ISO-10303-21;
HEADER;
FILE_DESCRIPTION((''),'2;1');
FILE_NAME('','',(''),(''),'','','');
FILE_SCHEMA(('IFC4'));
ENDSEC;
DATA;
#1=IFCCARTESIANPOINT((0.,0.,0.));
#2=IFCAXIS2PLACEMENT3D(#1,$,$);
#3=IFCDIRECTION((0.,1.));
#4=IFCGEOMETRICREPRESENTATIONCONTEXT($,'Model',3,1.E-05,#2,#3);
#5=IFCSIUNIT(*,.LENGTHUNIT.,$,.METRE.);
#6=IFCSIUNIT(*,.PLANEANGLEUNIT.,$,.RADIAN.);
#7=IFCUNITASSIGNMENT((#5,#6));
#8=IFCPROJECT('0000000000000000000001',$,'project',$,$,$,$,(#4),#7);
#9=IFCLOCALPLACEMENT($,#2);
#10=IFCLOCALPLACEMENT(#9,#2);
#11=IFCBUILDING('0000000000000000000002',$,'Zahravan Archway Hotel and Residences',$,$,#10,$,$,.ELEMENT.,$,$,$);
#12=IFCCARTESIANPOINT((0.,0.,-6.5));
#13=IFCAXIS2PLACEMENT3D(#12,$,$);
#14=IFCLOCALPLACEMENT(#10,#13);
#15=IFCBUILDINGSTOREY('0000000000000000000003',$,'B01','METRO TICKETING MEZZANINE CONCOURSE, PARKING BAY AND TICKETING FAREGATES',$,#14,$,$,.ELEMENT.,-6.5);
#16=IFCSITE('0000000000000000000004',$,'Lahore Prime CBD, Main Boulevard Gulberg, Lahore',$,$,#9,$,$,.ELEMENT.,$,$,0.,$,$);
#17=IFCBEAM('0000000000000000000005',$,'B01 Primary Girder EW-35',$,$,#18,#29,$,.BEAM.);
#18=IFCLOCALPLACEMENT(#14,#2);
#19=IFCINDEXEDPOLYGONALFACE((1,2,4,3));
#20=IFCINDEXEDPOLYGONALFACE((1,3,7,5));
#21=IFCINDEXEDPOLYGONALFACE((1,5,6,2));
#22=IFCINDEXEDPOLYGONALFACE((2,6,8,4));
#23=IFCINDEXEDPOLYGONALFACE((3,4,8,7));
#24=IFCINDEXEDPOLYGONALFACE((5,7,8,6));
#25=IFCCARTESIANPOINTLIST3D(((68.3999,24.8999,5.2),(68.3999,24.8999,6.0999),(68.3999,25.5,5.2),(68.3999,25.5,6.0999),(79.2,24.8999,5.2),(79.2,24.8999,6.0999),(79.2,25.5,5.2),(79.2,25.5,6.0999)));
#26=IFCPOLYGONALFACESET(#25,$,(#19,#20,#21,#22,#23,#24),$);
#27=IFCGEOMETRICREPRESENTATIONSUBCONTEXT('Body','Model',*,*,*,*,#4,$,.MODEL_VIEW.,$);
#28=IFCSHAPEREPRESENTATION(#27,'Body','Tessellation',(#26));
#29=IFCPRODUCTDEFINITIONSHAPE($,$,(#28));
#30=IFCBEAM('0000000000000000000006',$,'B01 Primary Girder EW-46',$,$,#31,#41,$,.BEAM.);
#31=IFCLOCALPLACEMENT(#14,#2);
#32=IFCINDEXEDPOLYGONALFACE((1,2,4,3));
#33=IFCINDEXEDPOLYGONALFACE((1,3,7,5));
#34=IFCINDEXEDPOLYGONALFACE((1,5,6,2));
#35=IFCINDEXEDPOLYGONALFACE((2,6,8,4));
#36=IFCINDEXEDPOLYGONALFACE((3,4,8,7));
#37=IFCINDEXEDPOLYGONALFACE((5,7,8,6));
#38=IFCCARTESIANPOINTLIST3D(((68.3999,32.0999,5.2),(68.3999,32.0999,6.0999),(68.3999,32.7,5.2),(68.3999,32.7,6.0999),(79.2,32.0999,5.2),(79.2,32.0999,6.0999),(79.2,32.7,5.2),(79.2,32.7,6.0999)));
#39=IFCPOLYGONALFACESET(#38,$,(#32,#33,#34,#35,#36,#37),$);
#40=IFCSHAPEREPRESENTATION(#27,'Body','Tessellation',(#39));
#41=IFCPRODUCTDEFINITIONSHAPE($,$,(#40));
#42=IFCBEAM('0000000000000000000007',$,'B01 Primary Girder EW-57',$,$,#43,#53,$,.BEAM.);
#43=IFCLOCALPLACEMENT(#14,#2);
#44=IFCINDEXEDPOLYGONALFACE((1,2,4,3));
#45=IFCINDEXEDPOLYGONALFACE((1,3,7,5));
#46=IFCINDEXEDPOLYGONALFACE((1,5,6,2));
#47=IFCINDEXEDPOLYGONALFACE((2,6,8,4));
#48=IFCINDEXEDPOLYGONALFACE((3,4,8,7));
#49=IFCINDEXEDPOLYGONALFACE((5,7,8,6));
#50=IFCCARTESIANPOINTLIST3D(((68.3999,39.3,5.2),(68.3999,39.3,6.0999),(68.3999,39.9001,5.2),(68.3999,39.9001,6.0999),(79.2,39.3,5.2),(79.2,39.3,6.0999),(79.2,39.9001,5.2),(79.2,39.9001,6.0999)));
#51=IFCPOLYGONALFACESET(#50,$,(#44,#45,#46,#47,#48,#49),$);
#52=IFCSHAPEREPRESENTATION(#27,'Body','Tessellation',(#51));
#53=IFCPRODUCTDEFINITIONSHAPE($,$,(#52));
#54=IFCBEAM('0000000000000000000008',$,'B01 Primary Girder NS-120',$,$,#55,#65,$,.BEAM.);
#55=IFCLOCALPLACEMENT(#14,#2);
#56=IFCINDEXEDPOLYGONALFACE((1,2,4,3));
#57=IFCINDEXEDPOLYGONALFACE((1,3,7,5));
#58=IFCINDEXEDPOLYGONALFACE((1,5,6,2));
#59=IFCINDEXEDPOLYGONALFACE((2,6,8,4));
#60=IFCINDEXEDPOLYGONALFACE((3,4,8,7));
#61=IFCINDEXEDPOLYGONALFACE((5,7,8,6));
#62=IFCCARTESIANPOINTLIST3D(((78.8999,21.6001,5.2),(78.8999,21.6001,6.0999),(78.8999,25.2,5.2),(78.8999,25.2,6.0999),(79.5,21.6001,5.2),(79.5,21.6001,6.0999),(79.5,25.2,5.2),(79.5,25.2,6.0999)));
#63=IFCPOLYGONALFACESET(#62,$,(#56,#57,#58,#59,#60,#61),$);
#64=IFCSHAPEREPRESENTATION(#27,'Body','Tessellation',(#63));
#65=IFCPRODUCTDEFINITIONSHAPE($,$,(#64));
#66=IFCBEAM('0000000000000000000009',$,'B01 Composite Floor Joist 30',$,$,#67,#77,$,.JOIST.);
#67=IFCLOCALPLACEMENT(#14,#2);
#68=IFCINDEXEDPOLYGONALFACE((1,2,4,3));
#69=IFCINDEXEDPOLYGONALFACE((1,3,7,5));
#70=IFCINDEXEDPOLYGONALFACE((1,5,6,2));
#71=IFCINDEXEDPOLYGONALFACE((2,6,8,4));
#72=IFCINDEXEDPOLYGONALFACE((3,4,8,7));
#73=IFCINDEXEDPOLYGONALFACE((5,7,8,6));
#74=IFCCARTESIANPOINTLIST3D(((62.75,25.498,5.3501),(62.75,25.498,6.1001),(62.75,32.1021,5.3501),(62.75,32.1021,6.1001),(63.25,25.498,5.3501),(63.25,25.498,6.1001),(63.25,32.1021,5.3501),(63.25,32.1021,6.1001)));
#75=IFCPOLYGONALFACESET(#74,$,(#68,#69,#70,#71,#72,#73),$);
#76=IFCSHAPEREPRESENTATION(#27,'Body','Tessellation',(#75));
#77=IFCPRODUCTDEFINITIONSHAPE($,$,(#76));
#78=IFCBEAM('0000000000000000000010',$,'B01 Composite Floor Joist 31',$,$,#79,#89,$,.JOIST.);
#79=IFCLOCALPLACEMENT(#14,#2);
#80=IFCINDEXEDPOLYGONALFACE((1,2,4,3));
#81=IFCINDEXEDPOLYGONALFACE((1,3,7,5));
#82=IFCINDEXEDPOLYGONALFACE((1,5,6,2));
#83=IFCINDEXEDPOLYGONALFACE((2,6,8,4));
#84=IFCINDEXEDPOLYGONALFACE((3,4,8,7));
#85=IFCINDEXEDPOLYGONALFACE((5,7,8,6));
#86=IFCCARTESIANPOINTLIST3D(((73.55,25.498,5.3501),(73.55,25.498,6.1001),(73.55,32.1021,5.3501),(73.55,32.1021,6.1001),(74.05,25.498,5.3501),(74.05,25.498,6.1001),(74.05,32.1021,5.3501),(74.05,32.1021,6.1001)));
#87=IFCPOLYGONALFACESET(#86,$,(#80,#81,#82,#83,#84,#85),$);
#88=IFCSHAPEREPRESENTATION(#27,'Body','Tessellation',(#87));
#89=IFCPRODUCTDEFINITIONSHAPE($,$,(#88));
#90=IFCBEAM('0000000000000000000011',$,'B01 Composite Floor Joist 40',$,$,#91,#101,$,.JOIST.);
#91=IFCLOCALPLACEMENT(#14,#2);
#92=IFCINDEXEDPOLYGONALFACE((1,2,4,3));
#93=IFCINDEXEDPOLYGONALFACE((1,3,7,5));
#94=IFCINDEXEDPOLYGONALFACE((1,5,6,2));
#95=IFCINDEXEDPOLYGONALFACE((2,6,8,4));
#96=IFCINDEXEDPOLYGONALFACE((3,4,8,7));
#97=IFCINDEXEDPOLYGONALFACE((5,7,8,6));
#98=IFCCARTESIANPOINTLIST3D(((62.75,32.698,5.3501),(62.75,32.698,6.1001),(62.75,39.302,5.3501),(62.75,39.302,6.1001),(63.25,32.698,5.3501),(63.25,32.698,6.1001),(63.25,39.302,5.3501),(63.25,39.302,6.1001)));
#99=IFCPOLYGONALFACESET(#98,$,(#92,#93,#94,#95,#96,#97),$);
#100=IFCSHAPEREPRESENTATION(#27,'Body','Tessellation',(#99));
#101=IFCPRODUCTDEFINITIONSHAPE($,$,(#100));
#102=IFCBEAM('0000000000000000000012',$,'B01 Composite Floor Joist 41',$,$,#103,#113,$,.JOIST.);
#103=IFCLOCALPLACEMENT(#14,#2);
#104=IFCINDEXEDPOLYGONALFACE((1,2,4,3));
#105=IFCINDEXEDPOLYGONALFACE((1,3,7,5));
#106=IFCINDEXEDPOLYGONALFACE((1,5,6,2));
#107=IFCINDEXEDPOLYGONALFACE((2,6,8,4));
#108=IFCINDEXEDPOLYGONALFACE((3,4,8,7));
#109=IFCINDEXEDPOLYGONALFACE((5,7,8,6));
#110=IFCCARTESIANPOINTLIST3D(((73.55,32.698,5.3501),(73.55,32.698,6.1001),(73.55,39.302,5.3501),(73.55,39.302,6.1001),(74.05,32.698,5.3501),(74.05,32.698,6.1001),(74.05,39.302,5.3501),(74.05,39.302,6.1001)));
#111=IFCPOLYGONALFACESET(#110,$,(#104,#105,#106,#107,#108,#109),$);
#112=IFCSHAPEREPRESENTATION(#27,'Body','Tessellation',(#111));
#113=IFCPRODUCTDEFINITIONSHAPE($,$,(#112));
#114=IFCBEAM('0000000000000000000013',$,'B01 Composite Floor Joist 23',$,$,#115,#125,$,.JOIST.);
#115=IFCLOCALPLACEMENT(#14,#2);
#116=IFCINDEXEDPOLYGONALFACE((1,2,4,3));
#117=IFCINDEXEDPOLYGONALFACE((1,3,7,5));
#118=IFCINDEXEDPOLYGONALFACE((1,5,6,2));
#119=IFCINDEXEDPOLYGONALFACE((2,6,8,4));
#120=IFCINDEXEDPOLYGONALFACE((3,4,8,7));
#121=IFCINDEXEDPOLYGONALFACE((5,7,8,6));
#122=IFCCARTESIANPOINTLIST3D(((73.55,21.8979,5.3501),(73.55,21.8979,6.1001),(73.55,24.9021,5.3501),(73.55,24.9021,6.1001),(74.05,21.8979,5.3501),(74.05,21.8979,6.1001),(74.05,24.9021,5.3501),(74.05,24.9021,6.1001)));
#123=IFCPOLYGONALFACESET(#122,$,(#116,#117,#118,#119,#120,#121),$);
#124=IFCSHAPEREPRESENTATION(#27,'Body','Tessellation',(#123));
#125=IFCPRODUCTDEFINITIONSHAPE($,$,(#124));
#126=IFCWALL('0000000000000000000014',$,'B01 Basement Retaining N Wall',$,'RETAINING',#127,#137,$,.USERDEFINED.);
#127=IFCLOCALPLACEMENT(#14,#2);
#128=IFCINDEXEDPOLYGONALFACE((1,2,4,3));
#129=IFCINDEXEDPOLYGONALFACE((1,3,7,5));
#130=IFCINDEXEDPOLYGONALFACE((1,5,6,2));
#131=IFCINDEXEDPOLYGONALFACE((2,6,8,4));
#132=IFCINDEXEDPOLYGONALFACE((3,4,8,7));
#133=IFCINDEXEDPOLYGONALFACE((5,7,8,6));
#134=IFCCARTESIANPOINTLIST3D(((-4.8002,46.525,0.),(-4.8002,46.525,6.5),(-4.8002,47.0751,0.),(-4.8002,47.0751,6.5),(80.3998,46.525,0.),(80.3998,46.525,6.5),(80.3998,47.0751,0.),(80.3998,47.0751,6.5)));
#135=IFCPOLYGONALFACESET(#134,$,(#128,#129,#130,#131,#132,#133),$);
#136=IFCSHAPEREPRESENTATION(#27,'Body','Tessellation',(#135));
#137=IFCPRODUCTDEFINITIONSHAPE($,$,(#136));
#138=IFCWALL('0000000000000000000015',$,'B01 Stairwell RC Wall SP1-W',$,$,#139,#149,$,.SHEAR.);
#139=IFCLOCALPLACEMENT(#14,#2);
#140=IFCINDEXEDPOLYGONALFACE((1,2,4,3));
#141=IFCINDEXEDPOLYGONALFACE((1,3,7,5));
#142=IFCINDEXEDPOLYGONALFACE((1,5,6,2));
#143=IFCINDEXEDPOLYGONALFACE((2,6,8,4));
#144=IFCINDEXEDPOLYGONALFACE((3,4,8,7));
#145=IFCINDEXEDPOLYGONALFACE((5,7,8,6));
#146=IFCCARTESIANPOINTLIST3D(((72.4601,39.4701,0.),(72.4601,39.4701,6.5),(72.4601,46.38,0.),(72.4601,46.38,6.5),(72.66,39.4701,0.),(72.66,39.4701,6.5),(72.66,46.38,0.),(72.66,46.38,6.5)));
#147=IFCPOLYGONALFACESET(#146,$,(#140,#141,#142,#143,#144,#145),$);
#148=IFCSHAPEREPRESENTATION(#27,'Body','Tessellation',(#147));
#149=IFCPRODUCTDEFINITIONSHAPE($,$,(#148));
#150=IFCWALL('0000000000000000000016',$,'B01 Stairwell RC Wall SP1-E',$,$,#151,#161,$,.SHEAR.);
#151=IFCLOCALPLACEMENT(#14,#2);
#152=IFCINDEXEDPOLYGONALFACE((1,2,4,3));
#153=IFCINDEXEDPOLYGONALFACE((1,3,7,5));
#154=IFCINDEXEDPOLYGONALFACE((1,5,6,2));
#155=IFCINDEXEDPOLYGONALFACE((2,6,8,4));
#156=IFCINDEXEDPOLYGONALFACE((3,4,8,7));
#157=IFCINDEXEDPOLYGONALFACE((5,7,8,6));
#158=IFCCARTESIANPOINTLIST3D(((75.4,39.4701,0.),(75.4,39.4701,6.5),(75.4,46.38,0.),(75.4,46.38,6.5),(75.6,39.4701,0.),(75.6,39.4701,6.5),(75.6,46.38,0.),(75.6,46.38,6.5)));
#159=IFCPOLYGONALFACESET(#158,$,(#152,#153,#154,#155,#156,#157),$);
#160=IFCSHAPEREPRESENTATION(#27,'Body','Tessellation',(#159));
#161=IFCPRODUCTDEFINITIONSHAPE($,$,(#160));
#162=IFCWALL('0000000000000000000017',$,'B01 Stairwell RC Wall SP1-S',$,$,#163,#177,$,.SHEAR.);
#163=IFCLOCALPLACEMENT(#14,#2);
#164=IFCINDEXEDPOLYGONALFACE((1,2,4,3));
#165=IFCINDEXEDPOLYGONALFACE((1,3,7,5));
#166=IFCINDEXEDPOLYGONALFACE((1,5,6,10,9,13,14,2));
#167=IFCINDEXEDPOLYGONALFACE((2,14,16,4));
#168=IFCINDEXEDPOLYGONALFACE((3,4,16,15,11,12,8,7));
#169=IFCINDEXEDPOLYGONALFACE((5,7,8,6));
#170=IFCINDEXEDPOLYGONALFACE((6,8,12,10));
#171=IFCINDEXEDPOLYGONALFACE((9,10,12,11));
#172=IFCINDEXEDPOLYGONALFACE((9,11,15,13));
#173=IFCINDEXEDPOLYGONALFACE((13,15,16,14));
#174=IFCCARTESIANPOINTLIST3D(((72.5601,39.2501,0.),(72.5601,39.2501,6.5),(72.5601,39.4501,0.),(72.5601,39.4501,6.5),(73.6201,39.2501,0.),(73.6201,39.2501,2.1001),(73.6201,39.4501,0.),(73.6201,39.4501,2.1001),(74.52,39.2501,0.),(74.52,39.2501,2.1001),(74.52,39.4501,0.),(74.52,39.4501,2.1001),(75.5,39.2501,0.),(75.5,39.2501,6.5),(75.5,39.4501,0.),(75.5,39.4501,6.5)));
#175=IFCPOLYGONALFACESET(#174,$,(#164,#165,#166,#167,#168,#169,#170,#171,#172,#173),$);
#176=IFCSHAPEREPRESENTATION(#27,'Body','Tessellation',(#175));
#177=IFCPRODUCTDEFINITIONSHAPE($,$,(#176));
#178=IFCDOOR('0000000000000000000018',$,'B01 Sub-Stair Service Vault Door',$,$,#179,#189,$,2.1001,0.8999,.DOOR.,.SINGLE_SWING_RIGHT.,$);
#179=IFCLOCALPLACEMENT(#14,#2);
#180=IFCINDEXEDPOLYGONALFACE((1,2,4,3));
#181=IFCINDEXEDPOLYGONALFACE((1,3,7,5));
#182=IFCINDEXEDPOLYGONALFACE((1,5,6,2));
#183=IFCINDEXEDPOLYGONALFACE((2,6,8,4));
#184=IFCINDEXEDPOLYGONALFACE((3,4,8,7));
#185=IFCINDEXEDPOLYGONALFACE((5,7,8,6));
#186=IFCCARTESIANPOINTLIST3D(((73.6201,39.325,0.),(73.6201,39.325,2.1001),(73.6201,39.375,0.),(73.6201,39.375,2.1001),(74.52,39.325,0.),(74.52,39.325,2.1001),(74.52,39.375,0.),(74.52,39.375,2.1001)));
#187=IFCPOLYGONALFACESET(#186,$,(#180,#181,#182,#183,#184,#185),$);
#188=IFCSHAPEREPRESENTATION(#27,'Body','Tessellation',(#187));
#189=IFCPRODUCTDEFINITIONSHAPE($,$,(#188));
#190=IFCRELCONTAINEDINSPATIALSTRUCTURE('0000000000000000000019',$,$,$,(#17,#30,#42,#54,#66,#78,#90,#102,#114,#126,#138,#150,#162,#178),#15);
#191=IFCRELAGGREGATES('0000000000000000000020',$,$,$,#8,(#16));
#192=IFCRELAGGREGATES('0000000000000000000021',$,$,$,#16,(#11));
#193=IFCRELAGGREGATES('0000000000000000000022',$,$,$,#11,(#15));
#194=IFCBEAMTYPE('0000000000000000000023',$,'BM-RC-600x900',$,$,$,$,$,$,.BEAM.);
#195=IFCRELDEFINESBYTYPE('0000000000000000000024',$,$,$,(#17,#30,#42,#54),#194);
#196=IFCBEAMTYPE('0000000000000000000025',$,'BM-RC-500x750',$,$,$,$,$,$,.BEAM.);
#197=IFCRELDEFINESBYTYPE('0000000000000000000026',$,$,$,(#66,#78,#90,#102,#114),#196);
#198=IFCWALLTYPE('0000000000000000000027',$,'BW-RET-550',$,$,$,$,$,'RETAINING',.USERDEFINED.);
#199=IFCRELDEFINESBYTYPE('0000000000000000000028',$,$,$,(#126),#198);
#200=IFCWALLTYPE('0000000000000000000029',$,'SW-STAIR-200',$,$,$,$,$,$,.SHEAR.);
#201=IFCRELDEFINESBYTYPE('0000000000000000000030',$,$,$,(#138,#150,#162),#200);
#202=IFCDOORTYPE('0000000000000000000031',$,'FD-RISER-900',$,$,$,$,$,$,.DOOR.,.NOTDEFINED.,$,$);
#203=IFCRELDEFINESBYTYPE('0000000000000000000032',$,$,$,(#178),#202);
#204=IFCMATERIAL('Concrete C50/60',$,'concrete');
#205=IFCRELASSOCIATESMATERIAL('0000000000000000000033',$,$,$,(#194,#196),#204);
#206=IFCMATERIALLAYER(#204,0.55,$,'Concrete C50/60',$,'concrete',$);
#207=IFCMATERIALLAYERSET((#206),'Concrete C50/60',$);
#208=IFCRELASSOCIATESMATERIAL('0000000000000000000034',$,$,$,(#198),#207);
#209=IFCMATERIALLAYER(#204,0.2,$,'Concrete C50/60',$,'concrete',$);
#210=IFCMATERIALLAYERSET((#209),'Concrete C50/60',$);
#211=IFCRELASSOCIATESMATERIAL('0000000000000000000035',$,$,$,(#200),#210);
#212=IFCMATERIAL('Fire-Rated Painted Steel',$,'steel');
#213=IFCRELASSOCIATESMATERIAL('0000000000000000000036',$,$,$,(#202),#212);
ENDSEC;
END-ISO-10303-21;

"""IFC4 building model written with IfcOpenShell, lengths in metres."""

from ifc_helpers import new_model, si_unit, direction, frame, frame_2d, origin, origin_2d, place, context, subcontext, project, spatial, rectangle, extrude, source, transform, mapped, material, layer, layer_set, material_profile, profile_set, type_object, type_shapes, element, fill, save


model = new_model("IFC4")

# Units and contexts
model_context = context("Model", 3, precision=1e-05, world=origin(), true_north=direction((0.0, 1.0)))
body_context = subcontext(model_context, "Body", "Model", "MODEL_VIEW")
ifc_project = project(units=[si_unit("LENGTHUNIT", "METRE"), si_unit("PLANEANGLEUNIT", "RADIAN")], contexts=[model_context])

# Site, building, storey
site_placement = place(None, origin())
site = spatial("IfcSite", under=ifc_project, at=site_placement, Name="Lahore Prime CBD, Main Boulevard Gulberg, Lahore", CompositionType="ELEMENT", RefElevation=0.0)
building_placement = place(site_placement, origin())
building = spatial("IfcBuilding", under=site, at=building_placement, Name="Zahravan Archway Hotel and Residences", CompositionType="ELEMENT")
storey_placement = place(building_placement, frame((0.0, 0.0, -6.5)))
storey = spatial("IfcBuildingStorey", under=building, at=storey_placement, Name="B01", Description="METRO TICKETING MEZZANINE CONCOURSE, PARKING BAY AND TICKETING FAREGATES", CompositionType="ELEMENT", Elevation=-6.5)

# Shared definitions
ifc_material_1 = material(Name="Concrete C50/60", Category="concrete")

# Beams
ifc_material_profile_1 = material_profile(ifc_material_1, rectangle(XDim=0.6001, YDim=0.8999, at=origin_2d()), Name="RC-BM-600x900", Category="concrete")
ifc_profile_set_1 = profile_set([ifc_material_profile_1], Name="Concrete C50/60")
beam_type_1 = type_object("IfcBeamType", Name="BM-RC-600x900", PredefinedType="BEAM", material=ifc_profile_set_1)
shared_shape_1 = source(origin(), body_context, "Body", "SweptSolid", [
    extrude(rectangle(XDim=0.6001, YDim=0.8999, at=origin_2d()), origin(), (0.0, 0.0, 1.0), 10.8),
])
for number, where, z_axis, x_axis, name in (
    (1, (68.3999, 25.2, 5.6499), (1.0, 0.0, 0.0), (0.0, 1.0, 0.0), "B01 Primary Girder EW-35"),
    (2, (68.3999, 32.3999, 5.6499), (1.0, 0.0, 0.0), (0.0, 1.0, 0.0), "B01 Primary Girder EW-46"),
    (3, (68.3999, 39.6001, 5.6499), (1.0, 0.0, 0.0), (0.0, 1.0, 0.0), "B01 Primary Girder EW-57"),
):
    element("IfcBeam", number, at=place(storey_placement, frame(where, z_axis=z_axis, x_axis=x_axis)), inside=storey, type_object=beam_type_1, Name=name, PredefinedType="BEAM", context=body_context, shape_type="MappedRepresentation", body=[
        mapped(shared_shape_1, transform((0.0, 0.0, 0.0), scale=1.0)),
    ])
shared_shape_2 = source(origin(), body_context, "Body", "SweptSolid", [
    extrude(rectangle(XDim=0.6001, YDim=0.8999, at=origin_2d()), origin(), (0.0, 0.0, 1.0), 3.5999),
])
beam_1_placement = place(storey_placement, frame((79.2, 21.6001, 5.6499), z_axis=(0.0, 1.0, 0.0), x_axis=(-1.0, 0.0, 0.0)))
element("IfcBeam", 4, at=beam_1_placement, inside=storey, type_object=beam_type_1, Name="B01 Primary Girder NS-120", PredefinedType="BEAM", context=body_context, shape_type="MappedRepresentation", body=[
    mapped(shared_shape_2, transform((0.0, 0.0, 0.0), scale=1.0)),
])
ifc_material_profile_2 = material_profile(ifc_material_1, rectangle(XDim=0.5, YDim=0.75, at=origin_2d()), Name="RC-BM-500x750", Category="concrete")
ifc_profile_set_2 = profile_set([ifc_material_profile_2], Name="Concrete C50/60")
beam_type_2 = type_object("IfcBeamType", Name="BM-RC-500x750", PredefinedType="BEAM", material=ifc_profile_set_2)
shared_shape_3 = source(origin(), body_context, "Body", "SweptSolid", [
    extrude(rectangle(XDim=0.5, YDim=0.75, at=origin_2d()), origin(), (0.0, 0.0, 1.0), 6.604),
])
type_shapes(beam_type_2, [shared_shape_3])
for number, where, z_axis, x_axis, name in (
    (5, (63.0, 25.498, 5.7251), (0.0, 1.0, 0.0), (-1.0, 0.0, 0.0), "B01 Composite Floor Joist 30"),
    (6, (73.8, 25.498, 5.7251), (0.0, 1.0, 0.0), (-1.0, 0.0, 0.0), "B01 Composite Floor Joist 31"),
    (7, (63.0, 32.698, 5.7251), (0.0, 1.0, 0.0), (-1.0, 0.0, 0.0), "B01 Composite Floor Joist 40"),
    (8, (73.8, 32.698, 5.7251), (0.0, 1.0, 0.0), (-1.0, 0.0, 0.0), "B01 Composite Floor Joist 41"),
):
    element("IfcBeam", number, at=place(storey_placement, frame(where, z_axis=z_axis, x_axis=x_axis)), inside=storey, type_object=beam_type_2, Name=name, PredefinedType="JOIST", context=body_context, shape_type="MappedRepresentation", body=[
        mapped(shared_shape_3, transform((0.0, 0.0, 0.0), scale=1.0)),
    ])
shared_shape_4 = source(origin(), body_context, "Body", "SweptSolid", [
    extrude(rectangle(XDim=0.5, YDim=0.75, at=origin_2d()), origin(), (0.0, 0.0, 1.0), 3.0042),
])
beam_2_placement = place(storey_placement, frame((73.8, 21.8979, 5.7251), z_axis=(0.0, 1.0, 0.0), x_axis=(-1.0, 0.0, 0.0)))
element("IfcBeam", 9, at=beam_2_placement, inside=storey, type_object=beam_type_2, Name="B01 Composite Floor Joist 23", PredefinedType="JOIST", context=body_context, shape_type="MappedRepresentation", body=[
    mapped(shared_shape_4, transform((0.0, 0.0, 0.0), scale=1.0)),
])

# Walls
ifc_layer_1 = layer(ifc_material_1, 0.55, Name="Concrete C50/60", Category="concrete")
ifc_layer_set_1 = layer_set([ifc_layer_1], Name="Concrete C50/60")
wall_type_1 = type_object("IfcWallType", Name="BW-RET-550", ElementType="RETAINING", PredefinedType="USERDEFINED", material=ifc_layer_set_1)
wall_1_placement = place(storey_placement, frame((80.3999, 46.8, 0.0), z_axis=(0.0, 0.0, 1.0), x_axis=(-1.0, 0.0, 0.0)))
element("IfcWall", 10, at=wall_1_placement, inside=storey, type_object=wall_type_1, Name="B01 Basement Retaining N Wall", ObjectType="RETAINING", PredefinedType="USERDEFINED", context=body_context, shape_type="SweptSolid", body=[
    extrude(rectangle(XDim=85.2, YDim=0.55, at=frame_2d((42.6001, 0.0))), origin(), (0.0, 0.0, 1.0), 6.5),
])
ifc_layer_2 = layer(ifc_material_1, 0.2, Name="Concrete C50/60", Category="concrete")
ifc_layer_set_2 = layer_set([ifc_layer_2], Name="Concrete C50/60")
wall_type_2 = type_object("IfcWallType", Name="SW-STAIR-200", PredefinedType="SHEAR", material=ifc_layer_set_2)
for number, where, z_axis, x_axis, name in (
    (11, (72.5601, 39.47, 0.0), (0.0, 0.0, 1.0), (0.0, 1.0, 0.0), "B01 Stairwell RC Wall SP1-W"),
    (12, (75.5, 39.47, 0.0), (0.0, 0.0, 1.0), (0.0, 1.0, 0.0), "B01 Stairwell RC Wall SP1-E"),
):
    element("IfcWall", number, at=place(storey_placement, frame(where, z_axis=z_axis, x_axis=x_axis)), inside=storey, type_object=wall_type_2, Name=name, PredefinedType="SHEAR", context=body_context, shape_type="SweptSolid", body=[
        extrude(rectangle(XDim=6.9099, YDim=0.2, at=frame_2d((3.4551, 0.0))), origin(), (0.0, 0.0, 1.0), 6.5),
    ])

# Wall, opening, door
wall_2_placement = place(storey_placement, frame((72.5601, 39.3501, 0.0), z_axis=(0.0, 0.0, 1.0), x_axis=(1.0, 0.0, 0.0)))
wall_2 = element("IfcWall", 13, at=wall_2_placement, inside=storey, type_object=wall_type_2, Name="B01 Stairwell RC Wall SP1-S", PredefinedType="SHEAR", context=body_context, shape_type="SweptSolid", body=[
    extrude(rectangle(XDim=2.9399, YDim=0.2, at=frame_2d((1.47, 0.0))), origin(), (0.0, 0.0, 1.0), 6.5),
])
opening_placement = place(wall_2_placement, frame((1.0601, 0.0, 0.0)))
opening = element("IfcOpeningElement", 14, at=opening_placement, cuts=wall_2, PredefinedType="OPENING", context=body_context, shape_type="SweptSolid", body=[
    extrude(rectangle(XDim=0.8999, YDim=2.1001, at=frame_2d((0.45, 1.05))), frame((0.0, 0.1099, 0.0), z_axis=(0.0, -1.0, 0.0), x_axis=(1.0, 0.0, 0.0)), (0.0, 0.0, 1.0), 0.22),
])
ifc_material_2 = material(Name="Fire-Rated Painted Steel", Category="steel")
door_type = type_object("IfcDoorType", Name="FD-RISER-900", OperationType="NOTDEFINED", PredefinedType="DOOR", material=ifc_material_2)
shared_shape_5 = source(origin(), body_context, "Body", "SweptSolid", [
    extrude(rectangle(XDim=0.8999, YDim=2.1001, at=frame_2d((0.45, 1.05))), frame((0.0, 0.0249, 0.0), z_axis=(0.0, -1.0, 0.0), x_axis=(1.0, 0.0, 0.0)), (0.0, 0.0, 1.0), 0.05),
])
type_shapes(door_type, [shared_shape_5])
door_placement = place(opening_placement, origin())
door = element("IfcDoor", 15, at=door_placement, inside=storey, type_object=door_type, Name="B01 Sub-Stair Service Vault Door", OperationType="SINGLE_SWING_RIGHT", OverallHeight=2.1001, OverallWidth=0.8999, PredefinedType="DOOR", context=body_context, shape_type="MappedRepresentation", body=[
    mapped(shared_shape_5, transform((0.0, 0.0, 0.0), scale=1.0)),
])
fill(opening, door)

save(model, "model.ifc")
